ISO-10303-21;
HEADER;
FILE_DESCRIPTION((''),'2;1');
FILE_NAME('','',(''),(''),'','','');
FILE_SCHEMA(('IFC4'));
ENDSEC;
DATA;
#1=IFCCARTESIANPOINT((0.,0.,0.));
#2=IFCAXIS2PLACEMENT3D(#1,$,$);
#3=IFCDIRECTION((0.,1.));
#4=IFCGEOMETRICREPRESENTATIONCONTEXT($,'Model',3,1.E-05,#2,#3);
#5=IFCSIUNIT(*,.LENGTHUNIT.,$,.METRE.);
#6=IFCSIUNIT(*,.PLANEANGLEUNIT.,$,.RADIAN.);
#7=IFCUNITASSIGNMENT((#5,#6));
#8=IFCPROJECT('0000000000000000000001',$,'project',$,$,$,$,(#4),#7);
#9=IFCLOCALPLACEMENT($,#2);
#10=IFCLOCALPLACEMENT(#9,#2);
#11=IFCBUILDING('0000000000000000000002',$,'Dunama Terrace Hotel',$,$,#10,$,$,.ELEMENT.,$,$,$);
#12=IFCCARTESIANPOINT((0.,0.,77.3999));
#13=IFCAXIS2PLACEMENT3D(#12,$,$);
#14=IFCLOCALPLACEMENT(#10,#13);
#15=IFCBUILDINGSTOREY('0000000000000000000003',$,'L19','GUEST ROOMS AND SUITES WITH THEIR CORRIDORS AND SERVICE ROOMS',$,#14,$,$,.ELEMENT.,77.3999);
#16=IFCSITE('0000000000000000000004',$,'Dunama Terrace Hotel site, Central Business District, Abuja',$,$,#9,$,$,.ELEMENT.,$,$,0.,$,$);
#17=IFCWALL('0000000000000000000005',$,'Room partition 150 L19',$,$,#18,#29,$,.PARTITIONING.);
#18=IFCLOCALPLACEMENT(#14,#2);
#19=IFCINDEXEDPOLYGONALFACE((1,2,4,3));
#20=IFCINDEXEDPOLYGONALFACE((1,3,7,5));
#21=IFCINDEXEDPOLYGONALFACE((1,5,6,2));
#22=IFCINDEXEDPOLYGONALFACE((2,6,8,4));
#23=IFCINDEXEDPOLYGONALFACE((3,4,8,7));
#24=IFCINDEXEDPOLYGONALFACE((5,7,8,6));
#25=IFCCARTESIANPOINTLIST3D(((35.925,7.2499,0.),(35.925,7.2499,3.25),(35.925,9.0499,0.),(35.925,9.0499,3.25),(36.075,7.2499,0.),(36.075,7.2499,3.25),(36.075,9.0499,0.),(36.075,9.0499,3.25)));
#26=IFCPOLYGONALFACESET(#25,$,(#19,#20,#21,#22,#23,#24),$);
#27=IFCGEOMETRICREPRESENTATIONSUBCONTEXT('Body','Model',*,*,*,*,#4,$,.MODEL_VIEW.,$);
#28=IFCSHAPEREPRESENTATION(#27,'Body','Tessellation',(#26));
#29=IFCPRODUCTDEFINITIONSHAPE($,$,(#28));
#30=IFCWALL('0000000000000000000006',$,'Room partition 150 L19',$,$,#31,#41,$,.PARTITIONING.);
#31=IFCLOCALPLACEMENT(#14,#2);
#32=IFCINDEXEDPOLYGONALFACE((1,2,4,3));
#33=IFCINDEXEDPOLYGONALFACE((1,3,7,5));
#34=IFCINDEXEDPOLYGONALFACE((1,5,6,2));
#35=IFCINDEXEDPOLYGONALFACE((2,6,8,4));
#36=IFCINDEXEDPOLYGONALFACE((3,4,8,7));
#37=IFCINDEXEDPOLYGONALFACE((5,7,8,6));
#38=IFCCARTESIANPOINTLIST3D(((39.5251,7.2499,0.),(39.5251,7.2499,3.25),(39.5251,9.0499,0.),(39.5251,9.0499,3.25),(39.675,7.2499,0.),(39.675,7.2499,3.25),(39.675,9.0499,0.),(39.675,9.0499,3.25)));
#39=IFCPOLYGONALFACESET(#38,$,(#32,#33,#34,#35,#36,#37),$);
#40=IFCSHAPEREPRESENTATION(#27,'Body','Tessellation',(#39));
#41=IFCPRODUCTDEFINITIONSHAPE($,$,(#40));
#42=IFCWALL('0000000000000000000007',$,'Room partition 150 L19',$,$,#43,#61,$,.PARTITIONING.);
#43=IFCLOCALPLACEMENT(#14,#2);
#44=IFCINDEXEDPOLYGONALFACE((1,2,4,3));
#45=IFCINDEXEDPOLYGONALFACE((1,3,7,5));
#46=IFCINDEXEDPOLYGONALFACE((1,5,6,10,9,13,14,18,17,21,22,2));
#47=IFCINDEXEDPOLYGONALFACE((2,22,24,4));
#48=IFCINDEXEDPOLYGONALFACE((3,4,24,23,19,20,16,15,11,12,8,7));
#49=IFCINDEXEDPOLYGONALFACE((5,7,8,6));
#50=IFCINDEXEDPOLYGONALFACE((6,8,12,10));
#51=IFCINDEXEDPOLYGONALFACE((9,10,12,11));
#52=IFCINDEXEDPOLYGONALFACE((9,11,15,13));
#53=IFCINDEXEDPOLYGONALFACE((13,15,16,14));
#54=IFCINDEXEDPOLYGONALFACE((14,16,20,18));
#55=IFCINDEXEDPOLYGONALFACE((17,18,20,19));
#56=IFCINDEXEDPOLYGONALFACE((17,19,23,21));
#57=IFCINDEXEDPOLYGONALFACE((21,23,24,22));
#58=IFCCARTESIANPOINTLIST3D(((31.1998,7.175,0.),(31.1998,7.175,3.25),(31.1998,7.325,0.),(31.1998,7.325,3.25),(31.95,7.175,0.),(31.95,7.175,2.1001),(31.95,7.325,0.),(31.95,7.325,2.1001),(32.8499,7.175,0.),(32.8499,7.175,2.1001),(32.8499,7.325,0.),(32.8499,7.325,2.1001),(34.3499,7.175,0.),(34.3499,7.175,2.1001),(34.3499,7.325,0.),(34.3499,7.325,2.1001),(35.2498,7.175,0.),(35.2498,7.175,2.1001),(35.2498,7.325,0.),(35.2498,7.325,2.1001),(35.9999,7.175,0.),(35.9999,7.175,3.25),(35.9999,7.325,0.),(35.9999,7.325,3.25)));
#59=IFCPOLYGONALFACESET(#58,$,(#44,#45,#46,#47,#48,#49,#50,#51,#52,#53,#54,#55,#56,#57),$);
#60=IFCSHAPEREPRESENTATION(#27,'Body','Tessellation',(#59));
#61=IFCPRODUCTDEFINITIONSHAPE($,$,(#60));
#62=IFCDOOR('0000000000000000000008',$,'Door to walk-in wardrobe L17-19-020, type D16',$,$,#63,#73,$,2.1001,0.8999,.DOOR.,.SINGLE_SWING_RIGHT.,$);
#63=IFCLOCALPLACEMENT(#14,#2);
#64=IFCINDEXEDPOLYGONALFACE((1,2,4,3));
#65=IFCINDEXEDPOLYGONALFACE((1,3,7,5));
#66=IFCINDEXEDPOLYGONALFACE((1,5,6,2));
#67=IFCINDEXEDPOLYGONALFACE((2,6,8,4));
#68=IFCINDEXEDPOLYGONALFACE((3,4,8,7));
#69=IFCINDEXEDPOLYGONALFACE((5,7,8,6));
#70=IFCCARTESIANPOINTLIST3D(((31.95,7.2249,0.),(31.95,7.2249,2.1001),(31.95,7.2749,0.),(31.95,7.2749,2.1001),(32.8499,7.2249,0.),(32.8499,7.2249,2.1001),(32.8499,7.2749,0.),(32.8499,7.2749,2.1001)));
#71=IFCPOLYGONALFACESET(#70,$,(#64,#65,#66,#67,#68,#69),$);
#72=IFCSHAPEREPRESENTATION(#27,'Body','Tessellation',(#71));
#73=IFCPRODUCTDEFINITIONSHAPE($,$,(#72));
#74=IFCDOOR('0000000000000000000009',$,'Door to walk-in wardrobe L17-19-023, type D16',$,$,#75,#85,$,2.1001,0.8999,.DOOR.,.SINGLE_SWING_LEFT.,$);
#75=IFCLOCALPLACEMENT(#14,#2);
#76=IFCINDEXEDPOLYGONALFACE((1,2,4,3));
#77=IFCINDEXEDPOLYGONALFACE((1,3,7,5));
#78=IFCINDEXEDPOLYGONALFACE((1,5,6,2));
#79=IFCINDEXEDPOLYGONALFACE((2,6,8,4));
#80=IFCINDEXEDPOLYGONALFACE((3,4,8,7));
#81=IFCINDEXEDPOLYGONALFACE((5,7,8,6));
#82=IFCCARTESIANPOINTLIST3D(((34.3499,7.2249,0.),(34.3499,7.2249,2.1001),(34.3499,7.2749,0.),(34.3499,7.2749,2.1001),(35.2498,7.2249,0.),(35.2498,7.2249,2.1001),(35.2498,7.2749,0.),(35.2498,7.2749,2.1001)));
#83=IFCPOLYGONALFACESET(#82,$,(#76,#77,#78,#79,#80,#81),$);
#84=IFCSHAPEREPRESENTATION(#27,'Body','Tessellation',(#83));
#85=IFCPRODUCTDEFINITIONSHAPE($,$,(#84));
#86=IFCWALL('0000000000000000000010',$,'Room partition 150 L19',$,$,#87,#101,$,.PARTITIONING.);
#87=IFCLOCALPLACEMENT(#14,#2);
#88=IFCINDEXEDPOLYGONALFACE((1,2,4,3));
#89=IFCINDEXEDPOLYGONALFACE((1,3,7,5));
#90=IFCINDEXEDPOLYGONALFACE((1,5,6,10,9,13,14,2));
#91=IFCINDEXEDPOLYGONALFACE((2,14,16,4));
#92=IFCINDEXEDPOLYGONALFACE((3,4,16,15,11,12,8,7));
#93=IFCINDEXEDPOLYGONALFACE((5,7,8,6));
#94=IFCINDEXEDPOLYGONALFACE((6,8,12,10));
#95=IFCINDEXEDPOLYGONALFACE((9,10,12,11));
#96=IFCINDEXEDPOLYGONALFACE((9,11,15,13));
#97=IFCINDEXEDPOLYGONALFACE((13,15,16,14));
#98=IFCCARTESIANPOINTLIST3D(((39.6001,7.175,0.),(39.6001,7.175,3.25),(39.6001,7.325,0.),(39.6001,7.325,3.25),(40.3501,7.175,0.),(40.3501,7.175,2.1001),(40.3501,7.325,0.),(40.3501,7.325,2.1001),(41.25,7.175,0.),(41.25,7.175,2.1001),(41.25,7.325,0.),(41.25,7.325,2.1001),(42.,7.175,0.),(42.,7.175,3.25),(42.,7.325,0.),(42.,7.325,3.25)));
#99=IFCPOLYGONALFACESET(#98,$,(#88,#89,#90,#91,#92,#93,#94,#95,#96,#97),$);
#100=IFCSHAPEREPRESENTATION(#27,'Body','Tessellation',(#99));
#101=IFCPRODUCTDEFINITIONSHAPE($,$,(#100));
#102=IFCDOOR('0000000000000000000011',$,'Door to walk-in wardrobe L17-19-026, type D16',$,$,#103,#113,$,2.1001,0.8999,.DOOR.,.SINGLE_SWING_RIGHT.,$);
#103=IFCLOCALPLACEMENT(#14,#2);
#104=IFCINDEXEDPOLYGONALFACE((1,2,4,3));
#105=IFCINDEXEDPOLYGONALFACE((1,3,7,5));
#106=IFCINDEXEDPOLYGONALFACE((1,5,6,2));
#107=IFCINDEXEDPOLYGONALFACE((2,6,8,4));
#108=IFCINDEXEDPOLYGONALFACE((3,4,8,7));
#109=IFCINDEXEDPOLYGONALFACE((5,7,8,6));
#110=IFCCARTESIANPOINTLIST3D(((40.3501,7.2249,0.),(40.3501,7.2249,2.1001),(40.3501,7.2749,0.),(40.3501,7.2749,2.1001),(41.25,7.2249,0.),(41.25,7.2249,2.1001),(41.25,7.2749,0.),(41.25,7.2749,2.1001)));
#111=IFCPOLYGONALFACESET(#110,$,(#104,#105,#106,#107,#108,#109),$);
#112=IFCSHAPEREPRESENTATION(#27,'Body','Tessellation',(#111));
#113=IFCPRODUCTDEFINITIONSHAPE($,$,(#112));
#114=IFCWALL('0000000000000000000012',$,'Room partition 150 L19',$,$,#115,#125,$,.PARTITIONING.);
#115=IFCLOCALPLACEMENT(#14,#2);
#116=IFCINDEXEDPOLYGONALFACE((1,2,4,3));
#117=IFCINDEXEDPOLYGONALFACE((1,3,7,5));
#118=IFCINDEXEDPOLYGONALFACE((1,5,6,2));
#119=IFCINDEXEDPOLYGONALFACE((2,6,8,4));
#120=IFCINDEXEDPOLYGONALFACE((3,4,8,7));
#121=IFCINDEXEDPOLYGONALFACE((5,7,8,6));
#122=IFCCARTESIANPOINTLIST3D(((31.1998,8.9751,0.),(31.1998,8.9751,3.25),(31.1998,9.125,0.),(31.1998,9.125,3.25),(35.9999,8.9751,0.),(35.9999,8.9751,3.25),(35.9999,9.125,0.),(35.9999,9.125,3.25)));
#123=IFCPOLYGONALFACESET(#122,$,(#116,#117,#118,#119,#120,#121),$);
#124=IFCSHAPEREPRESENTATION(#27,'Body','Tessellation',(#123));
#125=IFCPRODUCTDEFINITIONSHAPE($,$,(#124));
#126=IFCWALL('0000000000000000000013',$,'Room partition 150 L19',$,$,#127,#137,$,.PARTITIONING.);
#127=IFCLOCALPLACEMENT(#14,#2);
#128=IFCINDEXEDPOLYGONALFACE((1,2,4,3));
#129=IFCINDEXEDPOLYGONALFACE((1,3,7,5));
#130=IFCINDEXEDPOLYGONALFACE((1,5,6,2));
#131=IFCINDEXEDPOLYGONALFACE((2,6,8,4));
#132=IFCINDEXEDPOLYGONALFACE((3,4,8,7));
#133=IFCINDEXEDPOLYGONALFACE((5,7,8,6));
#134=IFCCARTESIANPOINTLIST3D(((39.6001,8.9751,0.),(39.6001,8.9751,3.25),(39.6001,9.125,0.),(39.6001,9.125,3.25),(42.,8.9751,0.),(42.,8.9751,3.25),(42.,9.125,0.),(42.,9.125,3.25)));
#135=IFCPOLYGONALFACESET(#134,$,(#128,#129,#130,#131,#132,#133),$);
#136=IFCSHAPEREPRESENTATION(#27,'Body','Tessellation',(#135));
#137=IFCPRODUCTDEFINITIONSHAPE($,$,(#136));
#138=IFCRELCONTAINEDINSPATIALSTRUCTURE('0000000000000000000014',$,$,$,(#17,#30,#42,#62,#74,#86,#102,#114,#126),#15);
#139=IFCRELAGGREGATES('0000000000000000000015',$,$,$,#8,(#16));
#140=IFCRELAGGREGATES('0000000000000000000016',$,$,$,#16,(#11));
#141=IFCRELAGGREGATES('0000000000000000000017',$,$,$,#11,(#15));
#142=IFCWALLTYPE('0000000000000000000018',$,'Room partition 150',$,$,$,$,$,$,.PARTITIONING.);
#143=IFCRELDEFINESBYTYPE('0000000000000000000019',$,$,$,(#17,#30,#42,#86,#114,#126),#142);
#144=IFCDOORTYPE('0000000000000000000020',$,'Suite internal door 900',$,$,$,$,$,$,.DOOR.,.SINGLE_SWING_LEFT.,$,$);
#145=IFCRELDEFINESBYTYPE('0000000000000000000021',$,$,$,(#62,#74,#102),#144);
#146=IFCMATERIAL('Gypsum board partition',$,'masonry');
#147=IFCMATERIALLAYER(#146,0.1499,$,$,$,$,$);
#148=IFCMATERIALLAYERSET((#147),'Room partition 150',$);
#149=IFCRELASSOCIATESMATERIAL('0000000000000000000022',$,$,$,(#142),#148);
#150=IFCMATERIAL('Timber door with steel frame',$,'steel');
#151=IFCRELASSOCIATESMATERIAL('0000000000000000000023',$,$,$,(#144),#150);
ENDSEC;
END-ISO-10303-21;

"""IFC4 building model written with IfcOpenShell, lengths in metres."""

from ifc_helpers import new_model, si_unit, direction, frame, frame_2d, origin, place, context, subcontext, project, spatial, rectangle, extrude, material, layer, layer_set, type_object, element, fill, save


model = new_model("IFC4")

# Units and contexts
model_context = context("Model", 3, precision=1e-05, world=origin(), true_north=direction((0.0, 1.0)))
body_context = subcontext(model_context, "Body", "Model", "MODEL_VIEW")
ifc_project = project(units=[si_unit("LENGTHUNIT", "METRE"), si_unit("PLANEANGLEUNIT", "RADIAN")], contexts=[model_context])

# Site, building, storey
site_placement = place(None, origin())
site = spatial("IfcSite", under=ifc_project, at=site_placement, Name="Dunama Terrace Hotel site, Central Business District, Abuja", CompositionType="ELEMENT", RefElevation=0.0)
building_placement = place(site_placement, origin())
building = spatial("IfcBuilding", under=site, at=building_placement, Name="Dunama Terrace Hotel", CompositionType="ELEMENT")
storey_placement = place(building_placement, frame((0.0, 0.0, 77.3999)))
storey = spatial("IfcBuildingStorey", under=building, at=storey_placement, Name="L19", Description="GUEST ROOMS AND SUITES WITH THEIR CORRIDORS AND SERVICE ROOMS", CompositionType="ELEMENT", Elevation=77.3999)

# Walls
ifc_material_1 = material(Name="Gypsum board partition", Category="masonry")
ifc_layer_1 = layer(ifc_material_1, 0.1499)
ifc_layer_set_1 = layer_set([ifc_layer_1], Name="Room partition 150")
wall_type_1 = type_object("IfcWallType", Name="Room partition 150", PredefinedType="PARTITIONING", material=ifc_layer_set_1)
for number, where, z_axis, x_axis, name in (
    (1, (36.0, 7.25, 0.0), (0.0, 0.0, 1.0), (0.0, 1.0, 0.0), "Room partition 150 L19"),
    (2, (39.6001, 7.25, 0.0), (0.0, 0.0, 1.0), (0.0, 1.0, 0.0), "Room partition 150 L19"),
):
    element("IfcWall", number, at=place(storey_placement, frame(where, z_axis=z_axis, x_axis=x_axis)), inside=storey, type_object=wall_type_1, Name=name, PredefinedType="PARTITIONING", context=body_context, shape_type="SweptSolid", body=[
        extrude(rectangle(XDim=1.8, YDim=0.1499, at=frame_2d((0.8999, 0.0))), origin(), (0.0, 0.0, 1.0), 3.25),
    ])

# Wall, openings, doors
wall_1_placement = place(storey_placement, frame((31.2, 7.25, 0.0), z_axis=(0.0, 0.0, 1.0), x_axis=(1.0, 0.0, 0.0)))
wall_1 = element("IfcWall", 3, at=wall_1_placement, inside=storey, type_object=wall_type_1, Name="Room partition 150 L19", PredefinedType="PARTITIONING", context=body_context, shape_type="SweptSolid", body=[
    extrude(rectangle(XDim=4.8, YDim=0.1499, at=frame_2d((2.3999, 0.0))), origin(), (0.0, 0.0, 1.0), 3.25),
])
opening_1_placement = place(wall_1_placement, frame((0.75, 0.0, 0.0)))
opening_1 = element("IfcOpeningElement", 4, at=opening_1_placement, cuts=wall_1, PredefinedType="OPENING", context=body_context, shape_type="SweptSolid", body=[
    extrude(rectangle(XDim=0.8999, YDim=2.1001, at=frame_2d((0.45, 1.05))), frame((0.0, 0.085, 0.0), z_axis=(0.0, -1.0, 0.0), x_axis=(1.0, 0.0, 0.0)), (0.0, 0.0, 1.0), 0.1699),
])
opening_2_placement = place(wall_1_placement, frame((3.1499, 0.0, 0.0)))
opening_2 = element("IfcOpeningElement", 5, at=opening_2_placement, cuts=wall_1, PredefinedType="OPENING", context=body_context, shape_type="SweptSolid", body=[
    extrude(rectangle(XDim=0.8999, YDim=2.1001, at=frame_2d((0.45, 1.05))), frame((0.0, 0.085, 0.0), z_axis=(0.0, -1.0, 0.0), x_axis=(1.0, 0.0, 0.0)), (0.0, 0.0, 1.0), 0.1699),
])
ifc_material_2 = material(Name="Timber door with steel frame", Category="steel")
door_type_1 = type_object("IfcDoorType", Name="Suite internal door 900", OperationType="SINGLE_SWING_LEFT", PredefinedType="DOOR", material=ifc_material_2)
door_1_placement = place(opening_1_placement, origin())
door_1 = element("IfcDoor", 6, at=door_1_placement, inside=storey, type_object=door_type_1, Name="Door to walk-in wardrobe L17-19-020, type D16", OperationType="SINGLE_SWING_RIGHT", OverallHeight=2.1001, OverallWidth=0.8999, PredefinedType="DOOR", context=body_context, shape_type="SweptSolid", body=[
    extrude(rectangle(XDim=0.8999, YDim=2.1001, at=frame_2d((0.45, 1.05))), frame((0.0, 0.0249, 0.0), z_axis=(0.0, -1.0, 0.0), x_axis=(1.0, 0.0, 0.0)), (0.0, 0.0, 1.0), 0.05),
])
fill(opening_1, door_1)
door_2_placement = place(opening_2_placement, origin())
door_2 = element("IfcDoor", 7, at=door_2_placement, inside=storey, type_object=door_type_1, Name="Door to walk-in wardrobe L17-19-023, type D16", OperationType="SINGLE_SWING_LEFT", OverallHeight=2.1001, OverallWidth=0.8999, PredefinedType="DOOR", context=body_context, shape_type="SweptSolid", body=[
    extrude(rectangle(XDim=0.8999, YDim=2.1001, at=frame_2d((0.45, 1.05))), frame((0.0, 0.0249, 0.0), z_axis=(0.0, -1.0, 0.0), x_axis=(1.0, 0.0, 0.0)), (0.0, 0.0, 1.0), 0.05),
])
fill(opening_2, door_2)

# Wall, opening, door
wall_2_placement = place(storey_placement, frame((39.6001, 7.25, 0.0), z_axis=(0.0, 0.0, 1.0), x_axis=(1.0, 0.0, 0.0)))
wall_2 = element("IfcWall", 8, at=wall_2_placement, inside=storey, type_object=wall_type_1, Name="Room partition 150 L19", PredefinedType="PARTITIONING", context=body_context, shape_type="SweptSolid", body=[
    extrude(rectangle(XDim=2.3999, YDim=0.1499, at=frame_2d((1.2, 0.0))), origin(), (0.0, 0.0, 1.0), 3.25),
])
opening_3_placement = place(wall_2_placement, frame((0.75, 0.0, 0.0)))
opening_3 = element("IfcOpeningElement", 9, at=opening_3_placement, cuts=wall_2, PredefinedType="OPENING", context=body_context, shape_type="SweptSolid", body=[
    extrude(rectangle(XDim=0.8999, YDim=2.1001, at=frame_2d((0.45, 1.05))), frame((0.0, 0.085, 0.0), z_axis=(0.0, -1.0, 0.0), x_axis=(1.0, 0.0, 0.0)), (0.0, 0.0, 1.0), 0.1699),
])
door_3_placement = place(opening_3_placement, origin())
door_3 = element("IfcDoor", 10, at=door_3_placement, inside=storey, type_object=door_type_1, Name="Door to walk-in wardrobe L17-19-026, type D16", OperationType="SINGLE_SWING_RIGHT", OverallHeight=2.1001, OverallWidth=0.8999, PredefinedType="DOOR", context=body_context, shape_type="SweptSolid", body=[
    extrude(rectangle(XDim=0.8999, YDim=2.1001, at=frame_2d((0.45, 1.05))), frame((0.0, 0.0249, 0.0), z_axis=(0.0, -1.0, 0.0), x_axis=(1.0, 0.0, 0.0)), (0.0, 0.0, 1.0), 0.05),
])
fill(opening_3, door_3)

# Walls
wall_3_placement = place(storey_placement, frame((31.2, 9.05, 0.0), z_axis=(0.0, 0.0, 1.0), x_axis=(1.0, 0.0, 0.0)))
element("IfcWall", 11, at=wall_3_placement, inside=storey, type_object=wall_type_1, Name="Room partition 150 L19", PredefinedType="PARTITIONING", context=body_context, shape_type="SweptSolid", body=[
    extrude(rectangle(XDim=4.8, YDim=0.1499, at=frame_2d((2.3999, 0.0))), origin(), (0.0, 0.0, 1.0), 3.25),
])
wall_4_placement = place(storey_placement, frame((39.6001, 9.05, 0.0), z_axis=(0.0, 0.0, 1.0), x_axis=(1.0, 0.0, 0.0)))
element("IfcWall", 12, at=wall_4_placement, inside=storey, type_object=wall_type_1, Name="Room partition 150 L19", PredefinedType="PARTITIONING", context=body_context, shape_type="SweptSolid", body=[
    extrude(rectangle(XDim=2.3999, YDim=0.1499, at=frame_2d((1.2, 0.0))), origin(), (0.0, 0.0, 1.0), 3.25),
])

save(model, "model.ifc")
